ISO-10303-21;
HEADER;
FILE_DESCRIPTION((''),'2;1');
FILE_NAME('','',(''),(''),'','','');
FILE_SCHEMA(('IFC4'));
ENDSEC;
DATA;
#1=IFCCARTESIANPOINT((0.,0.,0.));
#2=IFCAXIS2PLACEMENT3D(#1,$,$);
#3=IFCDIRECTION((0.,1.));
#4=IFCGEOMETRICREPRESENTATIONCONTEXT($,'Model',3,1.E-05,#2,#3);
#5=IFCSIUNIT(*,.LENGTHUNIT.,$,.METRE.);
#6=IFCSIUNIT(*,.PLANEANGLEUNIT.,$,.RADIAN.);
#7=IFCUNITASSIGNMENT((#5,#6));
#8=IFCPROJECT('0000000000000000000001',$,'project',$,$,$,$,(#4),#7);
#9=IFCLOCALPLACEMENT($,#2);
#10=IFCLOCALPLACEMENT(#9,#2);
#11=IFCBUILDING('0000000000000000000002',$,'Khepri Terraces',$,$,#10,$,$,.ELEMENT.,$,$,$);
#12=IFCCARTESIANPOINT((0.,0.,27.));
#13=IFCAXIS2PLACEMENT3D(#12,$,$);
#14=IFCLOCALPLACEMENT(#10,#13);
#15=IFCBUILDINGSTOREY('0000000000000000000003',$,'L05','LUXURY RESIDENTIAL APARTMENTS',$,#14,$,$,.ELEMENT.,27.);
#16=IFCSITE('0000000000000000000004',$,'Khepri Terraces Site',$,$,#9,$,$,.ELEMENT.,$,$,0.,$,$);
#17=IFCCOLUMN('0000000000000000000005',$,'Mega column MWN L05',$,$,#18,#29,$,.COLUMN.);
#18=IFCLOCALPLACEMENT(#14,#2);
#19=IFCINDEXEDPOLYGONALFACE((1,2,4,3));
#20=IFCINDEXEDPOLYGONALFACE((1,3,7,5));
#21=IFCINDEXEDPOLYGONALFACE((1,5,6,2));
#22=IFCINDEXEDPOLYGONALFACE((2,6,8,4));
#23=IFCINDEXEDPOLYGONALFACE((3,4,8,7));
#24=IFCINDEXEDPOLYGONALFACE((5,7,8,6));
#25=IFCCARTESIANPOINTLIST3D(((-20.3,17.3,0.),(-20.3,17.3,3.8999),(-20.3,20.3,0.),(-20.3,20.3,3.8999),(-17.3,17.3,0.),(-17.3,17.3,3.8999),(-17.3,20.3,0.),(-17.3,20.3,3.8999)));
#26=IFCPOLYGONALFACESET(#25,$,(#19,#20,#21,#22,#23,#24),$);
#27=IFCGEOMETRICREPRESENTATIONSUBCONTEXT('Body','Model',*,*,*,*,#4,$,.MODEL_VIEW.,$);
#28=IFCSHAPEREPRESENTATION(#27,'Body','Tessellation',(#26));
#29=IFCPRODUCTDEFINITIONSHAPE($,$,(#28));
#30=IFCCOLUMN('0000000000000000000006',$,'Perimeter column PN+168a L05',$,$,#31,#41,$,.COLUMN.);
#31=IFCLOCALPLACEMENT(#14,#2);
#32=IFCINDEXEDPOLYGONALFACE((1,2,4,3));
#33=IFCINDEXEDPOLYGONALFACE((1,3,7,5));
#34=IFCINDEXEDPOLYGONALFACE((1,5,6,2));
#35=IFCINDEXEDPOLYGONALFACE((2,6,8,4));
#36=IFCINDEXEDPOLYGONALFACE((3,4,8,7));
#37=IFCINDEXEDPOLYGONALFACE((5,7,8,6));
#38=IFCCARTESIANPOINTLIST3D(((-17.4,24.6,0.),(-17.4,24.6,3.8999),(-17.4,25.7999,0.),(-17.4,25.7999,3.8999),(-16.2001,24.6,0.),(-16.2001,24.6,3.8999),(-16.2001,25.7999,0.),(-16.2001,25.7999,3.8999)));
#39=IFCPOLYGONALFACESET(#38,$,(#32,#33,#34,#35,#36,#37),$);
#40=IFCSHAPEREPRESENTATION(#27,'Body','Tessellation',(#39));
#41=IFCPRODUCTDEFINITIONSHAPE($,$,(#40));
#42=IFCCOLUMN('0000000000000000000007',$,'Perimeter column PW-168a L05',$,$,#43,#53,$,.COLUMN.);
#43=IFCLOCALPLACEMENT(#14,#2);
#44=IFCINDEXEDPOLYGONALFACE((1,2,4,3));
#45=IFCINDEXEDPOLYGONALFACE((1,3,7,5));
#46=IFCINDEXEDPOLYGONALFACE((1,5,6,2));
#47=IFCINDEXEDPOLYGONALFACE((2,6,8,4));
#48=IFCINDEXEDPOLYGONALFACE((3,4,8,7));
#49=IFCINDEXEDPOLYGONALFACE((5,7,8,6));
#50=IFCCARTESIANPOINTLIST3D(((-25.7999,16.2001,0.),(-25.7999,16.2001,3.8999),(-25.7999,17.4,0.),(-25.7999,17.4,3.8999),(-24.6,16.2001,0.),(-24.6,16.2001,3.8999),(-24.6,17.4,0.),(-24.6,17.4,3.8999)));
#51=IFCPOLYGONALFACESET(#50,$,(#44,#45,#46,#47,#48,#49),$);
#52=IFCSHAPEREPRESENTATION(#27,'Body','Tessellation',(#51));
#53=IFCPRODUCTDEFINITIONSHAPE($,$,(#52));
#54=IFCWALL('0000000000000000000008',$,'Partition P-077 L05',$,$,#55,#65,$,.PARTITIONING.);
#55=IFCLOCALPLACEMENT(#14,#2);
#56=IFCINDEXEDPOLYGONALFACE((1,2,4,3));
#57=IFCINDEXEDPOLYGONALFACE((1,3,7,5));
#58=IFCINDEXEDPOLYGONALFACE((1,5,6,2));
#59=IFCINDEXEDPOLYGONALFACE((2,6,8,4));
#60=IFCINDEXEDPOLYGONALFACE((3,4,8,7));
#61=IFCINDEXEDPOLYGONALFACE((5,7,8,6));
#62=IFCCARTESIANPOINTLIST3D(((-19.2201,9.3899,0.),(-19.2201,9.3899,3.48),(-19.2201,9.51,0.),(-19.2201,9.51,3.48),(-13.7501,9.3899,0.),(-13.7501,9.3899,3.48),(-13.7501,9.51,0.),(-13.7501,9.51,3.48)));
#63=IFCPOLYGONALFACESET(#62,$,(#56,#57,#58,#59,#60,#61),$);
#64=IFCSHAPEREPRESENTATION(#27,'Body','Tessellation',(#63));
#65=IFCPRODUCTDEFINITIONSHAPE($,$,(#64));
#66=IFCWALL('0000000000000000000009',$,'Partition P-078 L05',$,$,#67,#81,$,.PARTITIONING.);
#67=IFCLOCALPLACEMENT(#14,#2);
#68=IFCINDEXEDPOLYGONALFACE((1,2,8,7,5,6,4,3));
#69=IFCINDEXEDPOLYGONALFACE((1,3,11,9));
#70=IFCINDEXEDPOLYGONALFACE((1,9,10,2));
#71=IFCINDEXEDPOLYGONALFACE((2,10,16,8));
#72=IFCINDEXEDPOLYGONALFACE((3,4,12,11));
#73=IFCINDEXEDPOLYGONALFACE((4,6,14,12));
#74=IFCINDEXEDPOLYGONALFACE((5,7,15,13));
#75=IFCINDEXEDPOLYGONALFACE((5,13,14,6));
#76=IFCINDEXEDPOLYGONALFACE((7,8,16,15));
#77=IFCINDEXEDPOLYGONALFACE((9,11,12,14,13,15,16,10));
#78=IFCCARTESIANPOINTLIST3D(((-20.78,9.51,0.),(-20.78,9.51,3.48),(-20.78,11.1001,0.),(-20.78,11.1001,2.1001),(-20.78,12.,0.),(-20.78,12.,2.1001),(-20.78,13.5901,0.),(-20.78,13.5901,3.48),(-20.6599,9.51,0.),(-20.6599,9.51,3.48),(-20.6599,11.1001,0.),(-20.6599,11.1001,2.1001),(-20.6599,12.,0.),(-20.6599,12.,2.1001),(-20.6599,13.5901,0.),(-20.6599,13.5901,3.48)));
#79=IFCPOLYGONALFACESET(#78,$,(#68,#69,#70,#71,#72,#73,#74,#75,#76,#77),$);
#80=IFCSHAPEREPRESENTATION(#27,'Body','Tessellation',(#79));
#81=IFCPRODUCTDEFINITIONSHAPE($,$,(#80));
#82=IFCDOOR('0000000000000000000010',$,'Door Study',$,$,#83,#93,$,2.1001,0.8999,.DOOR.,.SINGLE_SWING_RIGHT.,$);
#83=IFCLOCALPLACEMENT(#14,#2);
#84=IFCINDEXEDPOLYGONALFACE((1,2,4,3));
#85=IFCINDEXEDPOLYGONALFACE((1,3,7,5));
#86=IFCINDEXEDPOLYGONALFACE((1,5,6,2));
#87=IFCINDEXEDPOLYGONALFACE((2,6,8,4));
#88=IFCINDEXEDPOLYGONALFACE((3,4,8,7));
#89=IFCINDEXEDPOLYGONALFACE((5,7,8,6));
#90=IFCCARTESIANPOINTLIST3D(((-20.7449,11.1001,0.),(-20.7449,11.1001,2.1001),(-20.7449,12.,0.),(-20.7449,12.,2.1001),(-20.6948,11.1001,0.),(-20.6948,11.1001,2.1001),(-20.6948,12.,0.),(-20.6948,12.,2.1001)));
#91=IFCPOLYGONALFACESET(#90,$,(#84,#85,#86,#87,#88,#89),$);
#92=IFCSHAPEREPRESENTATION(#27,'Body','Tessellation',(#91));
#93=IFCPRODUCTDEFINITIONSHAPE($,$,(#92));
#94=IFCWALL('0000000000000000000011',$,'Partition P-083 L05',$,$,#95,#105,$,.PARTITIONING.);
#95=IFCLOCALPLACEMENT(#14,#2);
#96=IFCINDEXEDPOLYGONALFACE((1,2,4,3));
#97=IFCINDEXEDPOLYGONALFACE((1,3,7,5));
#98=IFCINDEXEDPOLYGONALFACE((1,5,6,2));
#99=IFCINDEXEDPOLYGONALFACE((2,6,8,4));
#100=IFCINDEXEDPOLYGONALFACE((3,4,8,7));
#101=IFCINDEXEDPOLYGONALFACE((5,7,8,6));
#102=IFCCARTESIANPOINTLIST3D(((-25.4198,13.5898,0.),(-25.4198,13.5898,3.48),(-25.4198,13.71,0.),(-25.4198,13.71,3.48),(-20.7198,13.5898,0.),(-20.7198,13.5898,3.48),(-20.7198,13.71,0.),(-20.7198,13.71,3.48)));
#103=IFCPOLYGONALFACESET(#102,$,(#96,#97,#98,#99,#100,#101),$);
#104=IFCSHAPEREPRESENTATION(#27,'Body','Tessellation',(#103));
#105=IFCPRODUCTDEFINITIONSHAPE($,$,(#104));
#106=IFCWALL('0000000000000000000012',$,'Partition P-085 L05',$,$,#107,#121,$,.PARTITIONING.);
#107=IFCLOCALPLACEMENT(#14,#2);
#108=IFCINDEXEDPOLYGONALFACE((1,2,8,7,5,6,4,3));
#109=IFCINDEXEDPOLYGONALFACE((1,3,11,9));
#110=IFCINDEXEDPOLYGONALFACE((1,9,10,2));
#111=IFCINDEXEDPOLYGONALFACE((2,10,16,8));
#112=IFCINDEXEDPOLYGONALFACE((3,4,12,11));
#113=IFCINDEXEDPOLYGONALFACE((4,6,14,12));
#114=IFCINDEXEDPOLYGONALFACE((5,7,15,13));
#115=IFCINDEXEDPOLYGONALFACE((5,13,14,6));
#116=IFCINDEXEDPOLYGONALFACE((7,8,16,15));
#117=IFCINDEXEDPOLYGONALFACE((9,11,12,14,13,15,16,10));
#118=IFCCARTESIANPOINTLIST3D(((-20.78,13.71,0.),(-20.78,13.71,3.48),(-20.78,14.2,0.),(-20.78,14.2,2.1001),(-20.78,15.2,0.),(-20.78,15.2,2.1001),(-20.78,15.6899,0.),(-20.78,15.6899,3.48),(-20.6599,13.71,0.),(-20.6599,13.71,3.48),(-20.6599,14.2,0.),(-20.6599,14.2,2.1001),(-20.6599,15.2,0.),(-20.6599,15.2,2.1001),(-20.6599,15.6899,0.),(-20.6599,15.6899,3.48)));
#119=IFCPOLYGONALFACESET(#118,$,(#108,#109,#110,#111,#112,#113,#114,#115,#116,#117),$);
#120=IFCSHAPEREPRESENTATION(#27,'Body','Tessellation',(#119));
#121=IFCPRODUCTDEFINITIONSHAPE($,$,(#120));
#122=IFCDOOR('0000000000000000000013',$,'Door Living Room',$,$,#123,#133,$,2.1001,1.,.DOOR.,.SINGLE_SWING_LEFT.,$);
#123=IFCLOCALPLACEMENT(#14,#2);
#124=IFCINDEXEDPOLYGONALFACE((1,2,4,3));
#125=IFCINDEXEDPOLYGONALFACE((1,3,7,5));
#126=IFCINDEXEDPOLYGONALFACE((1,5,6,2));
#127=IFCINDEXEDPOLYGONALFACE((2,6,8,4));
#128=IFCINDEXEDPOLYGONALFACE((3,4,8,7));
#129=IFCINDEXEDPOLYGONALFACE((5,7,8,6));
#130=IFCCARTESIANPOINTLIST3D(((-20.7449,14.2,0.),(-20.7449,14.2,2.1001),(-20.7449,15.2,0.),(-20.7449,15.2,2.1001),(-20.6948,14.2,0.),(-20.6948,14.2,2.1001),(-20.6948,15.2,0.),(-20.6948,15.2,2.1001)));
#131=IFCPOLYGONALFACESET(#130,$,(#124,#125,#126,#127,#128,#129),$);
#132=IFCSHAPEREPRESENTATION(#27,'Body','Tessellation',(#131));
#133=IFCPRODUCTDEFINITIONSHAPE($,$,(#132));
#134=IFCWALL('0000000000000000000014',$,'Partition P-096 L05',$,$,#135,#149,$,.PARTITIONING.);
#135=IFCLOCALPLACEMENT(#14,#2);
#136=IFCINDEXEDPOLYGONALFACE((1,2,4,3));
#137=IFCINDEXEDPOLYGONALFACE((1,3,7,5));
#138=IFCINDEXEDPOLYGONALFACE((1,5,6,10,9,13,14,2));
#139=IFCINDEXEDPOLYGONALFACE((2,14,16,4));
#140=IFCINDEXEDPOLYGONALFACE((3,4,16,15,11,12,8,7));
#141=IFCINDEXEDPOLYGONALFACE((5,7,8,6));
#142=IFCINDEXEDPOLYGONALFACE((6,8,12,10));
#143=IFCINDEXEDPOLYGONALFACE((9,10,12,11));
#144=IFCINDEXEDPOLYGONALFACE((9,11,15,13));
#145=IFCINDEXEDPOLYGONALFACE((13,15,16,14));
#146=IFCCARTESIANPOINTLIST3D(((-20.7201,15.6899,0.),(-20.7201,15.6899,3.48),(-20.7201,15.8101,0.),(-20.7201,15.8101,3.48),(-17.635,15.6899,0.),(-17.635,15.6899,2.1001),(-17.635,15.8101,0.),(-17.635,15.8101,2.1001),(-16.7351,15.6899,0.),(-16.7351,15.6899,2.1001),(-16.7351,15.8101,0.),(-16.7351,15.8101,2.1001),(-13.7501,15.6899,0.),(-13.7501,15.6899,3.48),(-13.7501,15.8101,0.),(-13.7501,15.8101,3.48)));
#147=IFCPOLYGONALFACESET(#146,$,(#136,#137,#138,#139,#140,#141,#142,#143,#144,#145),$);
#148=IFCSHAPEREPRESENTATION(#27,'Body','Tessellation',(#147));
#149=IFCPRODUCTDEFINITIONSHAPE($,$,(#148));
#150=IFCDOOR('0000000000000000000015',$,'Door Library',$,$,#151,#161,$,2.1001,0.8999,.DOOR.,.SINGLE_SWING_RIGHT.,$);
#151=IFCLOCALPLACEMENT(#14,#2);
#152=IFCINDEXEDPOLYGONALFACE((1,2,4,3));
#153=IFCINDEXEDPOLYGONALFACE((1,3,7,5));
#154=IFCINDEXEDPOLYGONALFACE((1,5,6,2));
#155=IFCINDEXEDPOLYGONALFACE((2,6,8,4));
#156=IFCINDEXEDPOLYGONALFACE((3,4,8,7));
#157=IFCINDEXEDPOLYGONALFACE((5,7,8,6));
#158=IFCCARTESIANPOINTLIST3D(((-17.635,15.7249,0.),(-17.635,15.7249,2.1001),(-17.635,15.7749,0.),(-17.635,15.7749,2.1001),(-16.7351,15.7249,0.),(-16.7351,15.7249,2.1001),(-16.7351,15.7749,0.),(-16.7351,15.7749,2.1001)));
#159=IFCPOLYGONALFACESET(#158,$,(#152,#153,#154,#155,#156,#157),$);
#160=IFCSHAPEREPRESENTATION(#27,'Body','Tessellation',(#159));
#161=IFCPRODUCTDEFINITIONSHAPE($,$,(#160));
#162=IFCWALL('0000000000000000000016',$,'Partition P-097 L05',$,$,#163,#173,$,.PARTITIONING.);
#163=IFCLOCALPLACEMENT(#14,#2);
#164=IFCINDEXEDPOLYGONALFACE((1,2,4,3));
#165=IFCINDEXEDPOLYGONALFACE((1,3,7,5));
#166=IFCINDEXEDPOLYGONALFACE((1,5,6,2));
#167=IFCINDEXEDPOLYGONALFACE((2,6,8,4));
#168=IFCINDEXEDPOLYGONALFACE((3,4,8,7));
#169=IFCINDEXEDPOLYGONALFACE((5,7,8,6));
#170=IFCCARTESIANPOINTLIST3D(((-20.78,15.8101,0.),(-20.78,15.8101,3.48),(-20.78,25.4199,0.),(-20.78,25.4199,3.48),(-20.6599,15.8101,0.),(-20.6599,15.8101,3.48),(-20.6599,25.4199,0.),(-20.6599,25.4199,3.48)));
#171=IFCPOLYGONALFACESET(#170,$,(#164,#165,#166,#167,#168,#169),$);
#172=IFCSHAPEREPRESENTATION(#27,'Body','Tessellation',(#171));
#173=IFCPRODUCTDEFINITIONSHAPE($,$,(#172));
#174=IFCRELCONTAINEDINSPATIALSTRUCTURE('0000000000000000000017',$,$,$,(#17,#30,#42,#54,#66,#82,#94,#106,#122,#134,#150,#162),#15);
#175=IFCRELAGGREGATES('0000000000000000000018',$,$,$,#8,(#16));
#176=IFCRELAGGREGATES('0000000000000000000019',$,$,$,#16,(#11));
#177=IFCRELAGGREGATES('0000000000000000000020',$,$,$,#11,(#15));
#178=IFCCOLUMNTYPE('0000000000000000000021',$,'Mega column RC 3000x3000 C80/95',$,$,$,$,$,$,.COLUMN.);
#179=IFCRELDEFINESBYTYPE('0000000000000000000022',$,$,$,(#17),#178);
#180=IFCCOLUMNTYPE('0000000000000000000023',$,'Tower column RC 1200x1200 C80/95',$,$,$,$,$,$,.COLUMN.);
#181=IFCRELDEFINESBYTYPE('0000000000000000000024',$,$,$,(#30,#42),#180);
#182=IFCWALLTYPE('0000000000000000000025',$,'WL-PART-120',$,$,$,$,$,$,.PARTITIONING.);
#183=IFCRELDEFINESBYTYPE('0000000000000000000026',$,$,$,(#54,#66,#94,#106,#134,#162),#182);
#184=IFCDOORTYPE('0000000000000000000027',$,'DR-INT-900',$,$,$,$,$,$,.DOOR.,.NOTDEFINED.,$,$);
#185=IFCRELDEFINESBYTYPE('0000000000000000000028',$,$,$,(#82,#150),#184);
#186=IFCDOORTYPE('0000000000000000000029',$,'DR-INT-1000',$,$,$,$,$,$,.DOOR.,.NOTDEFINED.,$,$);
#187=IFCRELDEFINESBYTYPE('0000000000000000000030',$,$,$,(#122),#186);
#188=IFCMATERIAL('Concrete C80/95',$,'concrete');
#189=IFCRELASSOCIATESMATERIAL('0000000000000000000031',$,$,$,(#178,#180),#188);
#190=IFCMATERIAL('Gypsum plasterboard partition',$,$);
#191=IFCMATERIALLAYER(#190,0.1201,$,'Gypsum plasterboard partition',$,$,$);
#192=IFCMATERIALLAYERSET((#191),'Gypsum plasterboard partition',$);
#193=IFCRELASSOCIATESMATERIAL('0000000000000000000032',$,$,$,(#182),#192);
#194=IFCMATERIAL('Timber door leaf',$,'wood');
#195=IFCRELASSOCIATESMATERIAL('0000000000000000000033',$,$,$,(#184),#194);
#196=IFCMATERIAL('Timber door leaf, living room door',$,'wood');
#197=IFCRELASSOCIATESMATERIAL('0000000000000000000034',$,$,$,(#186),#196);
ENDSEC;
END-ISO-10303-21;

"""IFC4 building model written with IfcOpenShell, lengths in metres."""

from ifc_helpers import new_model, si_unit, direction, frame, frame_2d, origin, origin_2d, place, context, subcontext, project, spatial, rectangle, extrude, material, layer, layer_set, material_profile, profile_set, type_object, element, fill, save


model = new_model("IFC4")

# Units and contexts
model_context = context("Model", 3, precision=1e-05, world=origin(), true_north=direction((0.0, 1.0)))
body_context = subcontext(model_context, "Body", "Model", "MODEL_VIEW")
ifc_project = project(units=[si_unit("LENGTHUNIT", "METRE"), si_unit("PLANEANGLEUNIT", "RADIAN")], contexts=[model_context])

# Site, building, storey
site_placement = place(None, origin())
site = spatial("IfcSite", under=ifc_project, at=site_placement, Name="Khepri Terraces Site", CompositionType="ELEMENT", RefElevation=0.0)
building_placement = place(site_placement, origin())
building = spatial("IfcBuilding", under=site, at=building_placement, Name="Khepri Terraces", CompositionType="ELEMENT")
storey_placement = place(building_placement, frame((0.0, 0.0, 27.0)))
storey = spatial("IfcBuildingStorey", under=building, at=storey_placement, Name="L05", Description="LUXURY RESIDENTIAL APARTMENTS", CompositionType="ELEMENT", Elevation=27.0)

# Columns
ifc_material_1 = material(Name="Concrete C80/95", Category="concrete")
ifc_material_profile_1 = material_profile(ifc_material_1, rectangle(XDim=3.0, YDim=3.0, at=origin_2d()), Name="Concrete C80/95", Category="concrete")
ifc_profile_set_1 = profile_set([ifc_material_profile_1], Name="Concrete C80/95")
column_type_1 = type_object("IfcColumnType", Name="Mega column RC 3000x3000 C80/95", PredefinedType="COLUMN", material=ifc_profile_set_1)
column_placement = place(storey_placement, frame((-18.8, 18.8, 0.0), z_axis=(0.0, 0.0, 1.0), x_axis=(1.0, 0.0, 0.0)))
element("IfcColumn", 1, at=column_placement, inside=storey, type_object=column_type_1, Name="Mega column MWN L05", PredefinedType="COLUMN", context=body_context, shape_type="SweptSolid", body=[
    extrude(rectangle(XDim=3.0, YDim=3.0, at=origin_2d()), origin(), (0.0, 0.0, 1.0), 3.8999),
])
ifc_material_profile_2 = material_profile(ifc_material_1, rectangle(XDim=1.2, YDim=1.2, at=origin_2d()), Name="Concrete C80/95", Category="concrete")
ifc_profile_set_2 = profile_set([ifc_material_profile_2], Name="Concrete C80/95")
column_type_2 = type_object("IfcColumnType", Name="Tower column RC 1200x1200 C80/95", PredefinedType="COLUMN", material=ifc_profile_set_2)
for number, where, z_axis, x_axis, name in (
    (2, (-16.8, 25.2, 0.0), (0.0, 0.0, 1.0), (1.0, 0.0, 0.0), "Perimeter column PN+168a L05"),
    (3, (-25.2, 16.8, 0.0), (0.0, 0.0, 1.0), (1.0, 0.0, 0.0), "Perimeter column PW-168a L05"),
):
    element("IfcColumn", number, at=place(storey_placement, frame(where, z_axis=z_axis, x_axis=x_axis)), inside=storey, type_object=column_type_2, Name=name, PredefinedType="COLUMN", context=body_context, shape_type="SweptSolid", body=[
        extrude(rectangle(XDim=1.2, YDim=1.2, at=origin_2d()), origin(), (0.0, 0.0, 1.0), 3.8999),
    ])

# Wall
ifc_material_2 = material(Name="Gypsum plasterboard partition")
ifc_layer_1 = layer(ifc_material_2, 0.1201, Name="Gypsum plasterboard partition")
ifc_layer_set_1 = layer_set([ifc_layer_1], Name="Gypsum plasterboard partition")
wall_type_1 = type_object("IfcWallType", Name="WL-PART-120", PredefinedType="PARTITIONING", material=ifc_layer_set_1)
wall_1_placement = place(storey_placement, frame((-19.22, 9.45, 0.0), z_axis=(0.0, 0.0, 1.0), x_axis=(1.0, 0.0, 0.0)))
element("IfcWall", 4, at=wall_1_placement, inside=storey, type_object=wall_type_1, Name="Partition P-077 L05", PredefinedType="PARTITIONING", context=body_context, shape_type="SweptSolid", body=[
    extrude(rectangle(XDim=5.47, YDim=0.1201, at=frame_2d((2.7349, 0.0))), origin(), (0.0, 0.0, 1.0), 3.48),
])

# Wall, opening, door
wall_2_placement = place(storey_placement, frame((-20.72, 9.51, 0.0), z_axis=(0.0, 0.0, 1.0), x_axis=(0.0, 1.0, 0.0)))
wall_2 = element("IfcWall", 5, at=wall_2_placement, inside=storey, type_object=wall_type_1, Name="Partition P-078 L05", PredefinedType="PARTITIONING", context=body_context, shape_type="SweptSolid", body=[
    extrude(rectangle(XDim=4.0801, YDim=0.1201, at=frame_2d((2.04, 0.0))), origin(), (0.0, 0.0, 1.0), 3.48),
])
opening_1_placement = place(wall_2_placement, frame((1.5901, 0.0, 0.0)))
opening_1 = element("IfcOpeningElement", 6, at=opening_1_placement, cuts=wall_2, PredefinedType="OPENING", context=body_context, shape_type="SweptSolid", body=[
    extrude(rectangle(XDim=0.8999, YDim=2.1001, at=frame_2d((0.45, 1.05))), frame((0.0, 0.0701, 0.0), z_axis=(0.0, -1.0, 0.0), x_axis=(1.0, 0.0, 0.0)), (0.0, 0.0, 1.0), 0.1401),
])
ifc_material_3 = material(Name="Timber door leaf", Category="wood")
door_type_1 = type_object("IfcDoorType", Name="DR-INT-900", OperationType="NOTDEFINED", PredefinedType="DOOR", material=ifc_material_3)
door_1_placement = place(opening_1_placement, origin())
door_1 = element("IfcDoor", 7, at=door_1_placement, inside=storey, type_object=door_type_1, Name="Door Study", OperationType="SINGLE_SWING_RIGHT", OverallHeight=2.1001, OverallWidth=0.8999, PredefinedType="DOOR", context=body_context, shape_type="SweptSolid", body=[
    extrude(rectangle(XDim=0.8999, YDim=2.1001, at=frame_2d((0.45, 1.05))), frame((0.0, 0.0249, 0.0), z_axis=(0.0, -1.0, 0.0), x_axis=(1.0, 0.0, 0.0)), (0.0, 0.0, 1.0), 0.05),
])
fill(opening_1, door_1)

# Wall
wall_3_placement = place(storey_placement, frame((-25.4199, 13.6499, 0.0), z_axis=(0.0, 0.0, 1.0), x_axis=(1.0, 0.0, 0.0)))
element("IfcWall", 8, at=wall_3_placement, inside=storey, type_object=wall_type_1, Name="Partition P-083 L05", PredefinedType="PARTITIONING", context=body_context, shape_type="SweptSolid", body=[
    extrude(rectangle(XDim=4.7, YDim=0.1201, at=frame_2d((2.3501, 0.0))), origin(), (0.0, 0.0, 1.0), 3.48),
])

# Walls, openings, doors
wall_4_placement = place(storey_placement, frame((-20.72, 13.71, 0.0), z_axis=(0.0, 0.0, 1.0), x_axis=(0.0, 1.0, 0.0)))
wall_4 = element("IfcWall", 9, at=wall_4_placement, inside=storey, type_object=wall_type_1, Name="Partition P-085 L05", PredefinedType="PARTITIONING", context=body_context, shape_type="SweptSolid", body=[
    extrude(rectangle(XDim=1.98, YDim=0.1201, at=frame_2d((0.99, 0.0))), origin(), (0.0, 0.0, 1.0), 3.48),
])
opening_2_placement = place(wall_4_placement, frame((0.49, 0.0, 0.0)))
opening_2 = element("IfcOpeningElement", 10, at=opening_2_placement, cuts=wall_4, PredefinedType="OPENING", context=body_context, shape_type="SweptSolid", body=[
    extrude(rectangle(XDim=1.0, YDim=2.1001, at=frame_2d((0.5, 1.05))), frame((0.0, 0.0701, 0.0), z_axis=(0.0, -1.0, 0.0), x_axis=(1.0, 0.0, 0.0)), (0.0, 0.0, 1.0), 0.1401),
])
ifc_material_4 = material(Name="Timber door leaf, living room door", Category="wood")
door_type_2 = type_object("IfcDoorType", Name="DR-INT-1000", OperationType="NOTDEFINED", PredefinedType="DOOR", material=ifc_material_4)
door_2_placement = place(opening_2_placement, origin())
door_2 = element("IfcDoor", 11, at=door_2_placement, inside=storey, type_object=door_type_2, Name="Door Living Room", OperationType="SINGLE_SWING_LEFT", OverallHeight=2.1001, OverallWidth=1.0, PredefinedType="DOOR", context=body_context, shape_type="SweptSolid", body=[
    extrude(rectangle(XDim=1.0, YDim=2.1001, at=frame_2d((0.5, 1.05))), frame((0.0, 0.0249, 0.0), z_axis=(0.0, -1.0, 0.0), x_axis=(1.0, 0.0, 0.0)), (0.0, 0.0, 1.0), 0.05),
])
fill(opening_2, door_2)
wall_5_placement = place(storey_placement, frame((-20.72, 15.75, 0.0), z_axis=(0.0, 0.0, 1.0), x_axis=(1.0, 0.0, 0.0)))
wall_5 = element("IfcWall", 12, at=wall_5_placement, inside=storey, type_object=wall_type_1, Name="Partition P-096 L05", PredefinedType="PARTITIONING", context=body_context, shape_type="SweptSolid", body=[
    extrude(rectangle(XDim=6.97, YDim=0.1201, at=frame_2d((3.4849, 0.0))), origin(), (0.0, 0.0, 1.0), 3.48),
])
opening_3_placement = place(wall_5_placement, frame((3.085, 0.0, 0.0)))
opening_3 = element("IfcOpeningElement", 13, at=opening_3_placement, cuts=wall_5, PredefinedType="OPENING", context=body_context, shape_type="SweptSolid", body=[
    extrude(rectangle(XDim=0.8999, YDim=2.1001, at=frame_2d((0.45, 1.05))), frame((0.0, 0.0701, 0.0), z_axis=(0.0, -1.0, 0.0), x_axis=(1.0, 0.0, 0.0)), (0.0, 0.0, 1.0), 0.1401),
])
door_3_placement = place(opening_3_placement, origin())
door_3 = element("IfcDoor", 14, at=door_3_placement, inside=storey, type_object=door_type_1, Name="Door Library", OperationType="SINGLE_SWING_RIGHT", OverallHeight=2.1001, OverallWidth=0.8999, PredefinedType="DOOR", context=body_context, shape_type="SweptSolid", body=[
    extrude(rectangle(XDim=0.8999, YDim=2.1001, at=frame_2d((0.45, 1.05))), frame((0.0, 0.0249, 0.0), z_axis=(0.0, -1.0, 0.0), x_axis=(1.0, 0.0, 0.0)), (0.0, 0.0, 1.0), 0.05),
])
fill(opening_3, door_3)

# Wall
wall_6_placement = place(storey_placement, frame((-20.72, 15.8101, 0.0), z_axis=(0.0, 0.0, 1.0), x_axis=(0.0, 1.0, 0.0)))
element("IfcWall", 15, at=wall_6_placement, inside=storey, type_object=wall_type_1, Name="Partition P-097 L05", PredefinedType="PARTITIONING", context=body_context, shape_type="SweptSolid", body=[
    extrude(rectangle(XDim=9.6099, YDim=0.1201, at=frame_2d((4.8049, 0.0))), origin(), (0.0, 0.0, 1.0), 3.48),
])

save(model, "model.ifc")
